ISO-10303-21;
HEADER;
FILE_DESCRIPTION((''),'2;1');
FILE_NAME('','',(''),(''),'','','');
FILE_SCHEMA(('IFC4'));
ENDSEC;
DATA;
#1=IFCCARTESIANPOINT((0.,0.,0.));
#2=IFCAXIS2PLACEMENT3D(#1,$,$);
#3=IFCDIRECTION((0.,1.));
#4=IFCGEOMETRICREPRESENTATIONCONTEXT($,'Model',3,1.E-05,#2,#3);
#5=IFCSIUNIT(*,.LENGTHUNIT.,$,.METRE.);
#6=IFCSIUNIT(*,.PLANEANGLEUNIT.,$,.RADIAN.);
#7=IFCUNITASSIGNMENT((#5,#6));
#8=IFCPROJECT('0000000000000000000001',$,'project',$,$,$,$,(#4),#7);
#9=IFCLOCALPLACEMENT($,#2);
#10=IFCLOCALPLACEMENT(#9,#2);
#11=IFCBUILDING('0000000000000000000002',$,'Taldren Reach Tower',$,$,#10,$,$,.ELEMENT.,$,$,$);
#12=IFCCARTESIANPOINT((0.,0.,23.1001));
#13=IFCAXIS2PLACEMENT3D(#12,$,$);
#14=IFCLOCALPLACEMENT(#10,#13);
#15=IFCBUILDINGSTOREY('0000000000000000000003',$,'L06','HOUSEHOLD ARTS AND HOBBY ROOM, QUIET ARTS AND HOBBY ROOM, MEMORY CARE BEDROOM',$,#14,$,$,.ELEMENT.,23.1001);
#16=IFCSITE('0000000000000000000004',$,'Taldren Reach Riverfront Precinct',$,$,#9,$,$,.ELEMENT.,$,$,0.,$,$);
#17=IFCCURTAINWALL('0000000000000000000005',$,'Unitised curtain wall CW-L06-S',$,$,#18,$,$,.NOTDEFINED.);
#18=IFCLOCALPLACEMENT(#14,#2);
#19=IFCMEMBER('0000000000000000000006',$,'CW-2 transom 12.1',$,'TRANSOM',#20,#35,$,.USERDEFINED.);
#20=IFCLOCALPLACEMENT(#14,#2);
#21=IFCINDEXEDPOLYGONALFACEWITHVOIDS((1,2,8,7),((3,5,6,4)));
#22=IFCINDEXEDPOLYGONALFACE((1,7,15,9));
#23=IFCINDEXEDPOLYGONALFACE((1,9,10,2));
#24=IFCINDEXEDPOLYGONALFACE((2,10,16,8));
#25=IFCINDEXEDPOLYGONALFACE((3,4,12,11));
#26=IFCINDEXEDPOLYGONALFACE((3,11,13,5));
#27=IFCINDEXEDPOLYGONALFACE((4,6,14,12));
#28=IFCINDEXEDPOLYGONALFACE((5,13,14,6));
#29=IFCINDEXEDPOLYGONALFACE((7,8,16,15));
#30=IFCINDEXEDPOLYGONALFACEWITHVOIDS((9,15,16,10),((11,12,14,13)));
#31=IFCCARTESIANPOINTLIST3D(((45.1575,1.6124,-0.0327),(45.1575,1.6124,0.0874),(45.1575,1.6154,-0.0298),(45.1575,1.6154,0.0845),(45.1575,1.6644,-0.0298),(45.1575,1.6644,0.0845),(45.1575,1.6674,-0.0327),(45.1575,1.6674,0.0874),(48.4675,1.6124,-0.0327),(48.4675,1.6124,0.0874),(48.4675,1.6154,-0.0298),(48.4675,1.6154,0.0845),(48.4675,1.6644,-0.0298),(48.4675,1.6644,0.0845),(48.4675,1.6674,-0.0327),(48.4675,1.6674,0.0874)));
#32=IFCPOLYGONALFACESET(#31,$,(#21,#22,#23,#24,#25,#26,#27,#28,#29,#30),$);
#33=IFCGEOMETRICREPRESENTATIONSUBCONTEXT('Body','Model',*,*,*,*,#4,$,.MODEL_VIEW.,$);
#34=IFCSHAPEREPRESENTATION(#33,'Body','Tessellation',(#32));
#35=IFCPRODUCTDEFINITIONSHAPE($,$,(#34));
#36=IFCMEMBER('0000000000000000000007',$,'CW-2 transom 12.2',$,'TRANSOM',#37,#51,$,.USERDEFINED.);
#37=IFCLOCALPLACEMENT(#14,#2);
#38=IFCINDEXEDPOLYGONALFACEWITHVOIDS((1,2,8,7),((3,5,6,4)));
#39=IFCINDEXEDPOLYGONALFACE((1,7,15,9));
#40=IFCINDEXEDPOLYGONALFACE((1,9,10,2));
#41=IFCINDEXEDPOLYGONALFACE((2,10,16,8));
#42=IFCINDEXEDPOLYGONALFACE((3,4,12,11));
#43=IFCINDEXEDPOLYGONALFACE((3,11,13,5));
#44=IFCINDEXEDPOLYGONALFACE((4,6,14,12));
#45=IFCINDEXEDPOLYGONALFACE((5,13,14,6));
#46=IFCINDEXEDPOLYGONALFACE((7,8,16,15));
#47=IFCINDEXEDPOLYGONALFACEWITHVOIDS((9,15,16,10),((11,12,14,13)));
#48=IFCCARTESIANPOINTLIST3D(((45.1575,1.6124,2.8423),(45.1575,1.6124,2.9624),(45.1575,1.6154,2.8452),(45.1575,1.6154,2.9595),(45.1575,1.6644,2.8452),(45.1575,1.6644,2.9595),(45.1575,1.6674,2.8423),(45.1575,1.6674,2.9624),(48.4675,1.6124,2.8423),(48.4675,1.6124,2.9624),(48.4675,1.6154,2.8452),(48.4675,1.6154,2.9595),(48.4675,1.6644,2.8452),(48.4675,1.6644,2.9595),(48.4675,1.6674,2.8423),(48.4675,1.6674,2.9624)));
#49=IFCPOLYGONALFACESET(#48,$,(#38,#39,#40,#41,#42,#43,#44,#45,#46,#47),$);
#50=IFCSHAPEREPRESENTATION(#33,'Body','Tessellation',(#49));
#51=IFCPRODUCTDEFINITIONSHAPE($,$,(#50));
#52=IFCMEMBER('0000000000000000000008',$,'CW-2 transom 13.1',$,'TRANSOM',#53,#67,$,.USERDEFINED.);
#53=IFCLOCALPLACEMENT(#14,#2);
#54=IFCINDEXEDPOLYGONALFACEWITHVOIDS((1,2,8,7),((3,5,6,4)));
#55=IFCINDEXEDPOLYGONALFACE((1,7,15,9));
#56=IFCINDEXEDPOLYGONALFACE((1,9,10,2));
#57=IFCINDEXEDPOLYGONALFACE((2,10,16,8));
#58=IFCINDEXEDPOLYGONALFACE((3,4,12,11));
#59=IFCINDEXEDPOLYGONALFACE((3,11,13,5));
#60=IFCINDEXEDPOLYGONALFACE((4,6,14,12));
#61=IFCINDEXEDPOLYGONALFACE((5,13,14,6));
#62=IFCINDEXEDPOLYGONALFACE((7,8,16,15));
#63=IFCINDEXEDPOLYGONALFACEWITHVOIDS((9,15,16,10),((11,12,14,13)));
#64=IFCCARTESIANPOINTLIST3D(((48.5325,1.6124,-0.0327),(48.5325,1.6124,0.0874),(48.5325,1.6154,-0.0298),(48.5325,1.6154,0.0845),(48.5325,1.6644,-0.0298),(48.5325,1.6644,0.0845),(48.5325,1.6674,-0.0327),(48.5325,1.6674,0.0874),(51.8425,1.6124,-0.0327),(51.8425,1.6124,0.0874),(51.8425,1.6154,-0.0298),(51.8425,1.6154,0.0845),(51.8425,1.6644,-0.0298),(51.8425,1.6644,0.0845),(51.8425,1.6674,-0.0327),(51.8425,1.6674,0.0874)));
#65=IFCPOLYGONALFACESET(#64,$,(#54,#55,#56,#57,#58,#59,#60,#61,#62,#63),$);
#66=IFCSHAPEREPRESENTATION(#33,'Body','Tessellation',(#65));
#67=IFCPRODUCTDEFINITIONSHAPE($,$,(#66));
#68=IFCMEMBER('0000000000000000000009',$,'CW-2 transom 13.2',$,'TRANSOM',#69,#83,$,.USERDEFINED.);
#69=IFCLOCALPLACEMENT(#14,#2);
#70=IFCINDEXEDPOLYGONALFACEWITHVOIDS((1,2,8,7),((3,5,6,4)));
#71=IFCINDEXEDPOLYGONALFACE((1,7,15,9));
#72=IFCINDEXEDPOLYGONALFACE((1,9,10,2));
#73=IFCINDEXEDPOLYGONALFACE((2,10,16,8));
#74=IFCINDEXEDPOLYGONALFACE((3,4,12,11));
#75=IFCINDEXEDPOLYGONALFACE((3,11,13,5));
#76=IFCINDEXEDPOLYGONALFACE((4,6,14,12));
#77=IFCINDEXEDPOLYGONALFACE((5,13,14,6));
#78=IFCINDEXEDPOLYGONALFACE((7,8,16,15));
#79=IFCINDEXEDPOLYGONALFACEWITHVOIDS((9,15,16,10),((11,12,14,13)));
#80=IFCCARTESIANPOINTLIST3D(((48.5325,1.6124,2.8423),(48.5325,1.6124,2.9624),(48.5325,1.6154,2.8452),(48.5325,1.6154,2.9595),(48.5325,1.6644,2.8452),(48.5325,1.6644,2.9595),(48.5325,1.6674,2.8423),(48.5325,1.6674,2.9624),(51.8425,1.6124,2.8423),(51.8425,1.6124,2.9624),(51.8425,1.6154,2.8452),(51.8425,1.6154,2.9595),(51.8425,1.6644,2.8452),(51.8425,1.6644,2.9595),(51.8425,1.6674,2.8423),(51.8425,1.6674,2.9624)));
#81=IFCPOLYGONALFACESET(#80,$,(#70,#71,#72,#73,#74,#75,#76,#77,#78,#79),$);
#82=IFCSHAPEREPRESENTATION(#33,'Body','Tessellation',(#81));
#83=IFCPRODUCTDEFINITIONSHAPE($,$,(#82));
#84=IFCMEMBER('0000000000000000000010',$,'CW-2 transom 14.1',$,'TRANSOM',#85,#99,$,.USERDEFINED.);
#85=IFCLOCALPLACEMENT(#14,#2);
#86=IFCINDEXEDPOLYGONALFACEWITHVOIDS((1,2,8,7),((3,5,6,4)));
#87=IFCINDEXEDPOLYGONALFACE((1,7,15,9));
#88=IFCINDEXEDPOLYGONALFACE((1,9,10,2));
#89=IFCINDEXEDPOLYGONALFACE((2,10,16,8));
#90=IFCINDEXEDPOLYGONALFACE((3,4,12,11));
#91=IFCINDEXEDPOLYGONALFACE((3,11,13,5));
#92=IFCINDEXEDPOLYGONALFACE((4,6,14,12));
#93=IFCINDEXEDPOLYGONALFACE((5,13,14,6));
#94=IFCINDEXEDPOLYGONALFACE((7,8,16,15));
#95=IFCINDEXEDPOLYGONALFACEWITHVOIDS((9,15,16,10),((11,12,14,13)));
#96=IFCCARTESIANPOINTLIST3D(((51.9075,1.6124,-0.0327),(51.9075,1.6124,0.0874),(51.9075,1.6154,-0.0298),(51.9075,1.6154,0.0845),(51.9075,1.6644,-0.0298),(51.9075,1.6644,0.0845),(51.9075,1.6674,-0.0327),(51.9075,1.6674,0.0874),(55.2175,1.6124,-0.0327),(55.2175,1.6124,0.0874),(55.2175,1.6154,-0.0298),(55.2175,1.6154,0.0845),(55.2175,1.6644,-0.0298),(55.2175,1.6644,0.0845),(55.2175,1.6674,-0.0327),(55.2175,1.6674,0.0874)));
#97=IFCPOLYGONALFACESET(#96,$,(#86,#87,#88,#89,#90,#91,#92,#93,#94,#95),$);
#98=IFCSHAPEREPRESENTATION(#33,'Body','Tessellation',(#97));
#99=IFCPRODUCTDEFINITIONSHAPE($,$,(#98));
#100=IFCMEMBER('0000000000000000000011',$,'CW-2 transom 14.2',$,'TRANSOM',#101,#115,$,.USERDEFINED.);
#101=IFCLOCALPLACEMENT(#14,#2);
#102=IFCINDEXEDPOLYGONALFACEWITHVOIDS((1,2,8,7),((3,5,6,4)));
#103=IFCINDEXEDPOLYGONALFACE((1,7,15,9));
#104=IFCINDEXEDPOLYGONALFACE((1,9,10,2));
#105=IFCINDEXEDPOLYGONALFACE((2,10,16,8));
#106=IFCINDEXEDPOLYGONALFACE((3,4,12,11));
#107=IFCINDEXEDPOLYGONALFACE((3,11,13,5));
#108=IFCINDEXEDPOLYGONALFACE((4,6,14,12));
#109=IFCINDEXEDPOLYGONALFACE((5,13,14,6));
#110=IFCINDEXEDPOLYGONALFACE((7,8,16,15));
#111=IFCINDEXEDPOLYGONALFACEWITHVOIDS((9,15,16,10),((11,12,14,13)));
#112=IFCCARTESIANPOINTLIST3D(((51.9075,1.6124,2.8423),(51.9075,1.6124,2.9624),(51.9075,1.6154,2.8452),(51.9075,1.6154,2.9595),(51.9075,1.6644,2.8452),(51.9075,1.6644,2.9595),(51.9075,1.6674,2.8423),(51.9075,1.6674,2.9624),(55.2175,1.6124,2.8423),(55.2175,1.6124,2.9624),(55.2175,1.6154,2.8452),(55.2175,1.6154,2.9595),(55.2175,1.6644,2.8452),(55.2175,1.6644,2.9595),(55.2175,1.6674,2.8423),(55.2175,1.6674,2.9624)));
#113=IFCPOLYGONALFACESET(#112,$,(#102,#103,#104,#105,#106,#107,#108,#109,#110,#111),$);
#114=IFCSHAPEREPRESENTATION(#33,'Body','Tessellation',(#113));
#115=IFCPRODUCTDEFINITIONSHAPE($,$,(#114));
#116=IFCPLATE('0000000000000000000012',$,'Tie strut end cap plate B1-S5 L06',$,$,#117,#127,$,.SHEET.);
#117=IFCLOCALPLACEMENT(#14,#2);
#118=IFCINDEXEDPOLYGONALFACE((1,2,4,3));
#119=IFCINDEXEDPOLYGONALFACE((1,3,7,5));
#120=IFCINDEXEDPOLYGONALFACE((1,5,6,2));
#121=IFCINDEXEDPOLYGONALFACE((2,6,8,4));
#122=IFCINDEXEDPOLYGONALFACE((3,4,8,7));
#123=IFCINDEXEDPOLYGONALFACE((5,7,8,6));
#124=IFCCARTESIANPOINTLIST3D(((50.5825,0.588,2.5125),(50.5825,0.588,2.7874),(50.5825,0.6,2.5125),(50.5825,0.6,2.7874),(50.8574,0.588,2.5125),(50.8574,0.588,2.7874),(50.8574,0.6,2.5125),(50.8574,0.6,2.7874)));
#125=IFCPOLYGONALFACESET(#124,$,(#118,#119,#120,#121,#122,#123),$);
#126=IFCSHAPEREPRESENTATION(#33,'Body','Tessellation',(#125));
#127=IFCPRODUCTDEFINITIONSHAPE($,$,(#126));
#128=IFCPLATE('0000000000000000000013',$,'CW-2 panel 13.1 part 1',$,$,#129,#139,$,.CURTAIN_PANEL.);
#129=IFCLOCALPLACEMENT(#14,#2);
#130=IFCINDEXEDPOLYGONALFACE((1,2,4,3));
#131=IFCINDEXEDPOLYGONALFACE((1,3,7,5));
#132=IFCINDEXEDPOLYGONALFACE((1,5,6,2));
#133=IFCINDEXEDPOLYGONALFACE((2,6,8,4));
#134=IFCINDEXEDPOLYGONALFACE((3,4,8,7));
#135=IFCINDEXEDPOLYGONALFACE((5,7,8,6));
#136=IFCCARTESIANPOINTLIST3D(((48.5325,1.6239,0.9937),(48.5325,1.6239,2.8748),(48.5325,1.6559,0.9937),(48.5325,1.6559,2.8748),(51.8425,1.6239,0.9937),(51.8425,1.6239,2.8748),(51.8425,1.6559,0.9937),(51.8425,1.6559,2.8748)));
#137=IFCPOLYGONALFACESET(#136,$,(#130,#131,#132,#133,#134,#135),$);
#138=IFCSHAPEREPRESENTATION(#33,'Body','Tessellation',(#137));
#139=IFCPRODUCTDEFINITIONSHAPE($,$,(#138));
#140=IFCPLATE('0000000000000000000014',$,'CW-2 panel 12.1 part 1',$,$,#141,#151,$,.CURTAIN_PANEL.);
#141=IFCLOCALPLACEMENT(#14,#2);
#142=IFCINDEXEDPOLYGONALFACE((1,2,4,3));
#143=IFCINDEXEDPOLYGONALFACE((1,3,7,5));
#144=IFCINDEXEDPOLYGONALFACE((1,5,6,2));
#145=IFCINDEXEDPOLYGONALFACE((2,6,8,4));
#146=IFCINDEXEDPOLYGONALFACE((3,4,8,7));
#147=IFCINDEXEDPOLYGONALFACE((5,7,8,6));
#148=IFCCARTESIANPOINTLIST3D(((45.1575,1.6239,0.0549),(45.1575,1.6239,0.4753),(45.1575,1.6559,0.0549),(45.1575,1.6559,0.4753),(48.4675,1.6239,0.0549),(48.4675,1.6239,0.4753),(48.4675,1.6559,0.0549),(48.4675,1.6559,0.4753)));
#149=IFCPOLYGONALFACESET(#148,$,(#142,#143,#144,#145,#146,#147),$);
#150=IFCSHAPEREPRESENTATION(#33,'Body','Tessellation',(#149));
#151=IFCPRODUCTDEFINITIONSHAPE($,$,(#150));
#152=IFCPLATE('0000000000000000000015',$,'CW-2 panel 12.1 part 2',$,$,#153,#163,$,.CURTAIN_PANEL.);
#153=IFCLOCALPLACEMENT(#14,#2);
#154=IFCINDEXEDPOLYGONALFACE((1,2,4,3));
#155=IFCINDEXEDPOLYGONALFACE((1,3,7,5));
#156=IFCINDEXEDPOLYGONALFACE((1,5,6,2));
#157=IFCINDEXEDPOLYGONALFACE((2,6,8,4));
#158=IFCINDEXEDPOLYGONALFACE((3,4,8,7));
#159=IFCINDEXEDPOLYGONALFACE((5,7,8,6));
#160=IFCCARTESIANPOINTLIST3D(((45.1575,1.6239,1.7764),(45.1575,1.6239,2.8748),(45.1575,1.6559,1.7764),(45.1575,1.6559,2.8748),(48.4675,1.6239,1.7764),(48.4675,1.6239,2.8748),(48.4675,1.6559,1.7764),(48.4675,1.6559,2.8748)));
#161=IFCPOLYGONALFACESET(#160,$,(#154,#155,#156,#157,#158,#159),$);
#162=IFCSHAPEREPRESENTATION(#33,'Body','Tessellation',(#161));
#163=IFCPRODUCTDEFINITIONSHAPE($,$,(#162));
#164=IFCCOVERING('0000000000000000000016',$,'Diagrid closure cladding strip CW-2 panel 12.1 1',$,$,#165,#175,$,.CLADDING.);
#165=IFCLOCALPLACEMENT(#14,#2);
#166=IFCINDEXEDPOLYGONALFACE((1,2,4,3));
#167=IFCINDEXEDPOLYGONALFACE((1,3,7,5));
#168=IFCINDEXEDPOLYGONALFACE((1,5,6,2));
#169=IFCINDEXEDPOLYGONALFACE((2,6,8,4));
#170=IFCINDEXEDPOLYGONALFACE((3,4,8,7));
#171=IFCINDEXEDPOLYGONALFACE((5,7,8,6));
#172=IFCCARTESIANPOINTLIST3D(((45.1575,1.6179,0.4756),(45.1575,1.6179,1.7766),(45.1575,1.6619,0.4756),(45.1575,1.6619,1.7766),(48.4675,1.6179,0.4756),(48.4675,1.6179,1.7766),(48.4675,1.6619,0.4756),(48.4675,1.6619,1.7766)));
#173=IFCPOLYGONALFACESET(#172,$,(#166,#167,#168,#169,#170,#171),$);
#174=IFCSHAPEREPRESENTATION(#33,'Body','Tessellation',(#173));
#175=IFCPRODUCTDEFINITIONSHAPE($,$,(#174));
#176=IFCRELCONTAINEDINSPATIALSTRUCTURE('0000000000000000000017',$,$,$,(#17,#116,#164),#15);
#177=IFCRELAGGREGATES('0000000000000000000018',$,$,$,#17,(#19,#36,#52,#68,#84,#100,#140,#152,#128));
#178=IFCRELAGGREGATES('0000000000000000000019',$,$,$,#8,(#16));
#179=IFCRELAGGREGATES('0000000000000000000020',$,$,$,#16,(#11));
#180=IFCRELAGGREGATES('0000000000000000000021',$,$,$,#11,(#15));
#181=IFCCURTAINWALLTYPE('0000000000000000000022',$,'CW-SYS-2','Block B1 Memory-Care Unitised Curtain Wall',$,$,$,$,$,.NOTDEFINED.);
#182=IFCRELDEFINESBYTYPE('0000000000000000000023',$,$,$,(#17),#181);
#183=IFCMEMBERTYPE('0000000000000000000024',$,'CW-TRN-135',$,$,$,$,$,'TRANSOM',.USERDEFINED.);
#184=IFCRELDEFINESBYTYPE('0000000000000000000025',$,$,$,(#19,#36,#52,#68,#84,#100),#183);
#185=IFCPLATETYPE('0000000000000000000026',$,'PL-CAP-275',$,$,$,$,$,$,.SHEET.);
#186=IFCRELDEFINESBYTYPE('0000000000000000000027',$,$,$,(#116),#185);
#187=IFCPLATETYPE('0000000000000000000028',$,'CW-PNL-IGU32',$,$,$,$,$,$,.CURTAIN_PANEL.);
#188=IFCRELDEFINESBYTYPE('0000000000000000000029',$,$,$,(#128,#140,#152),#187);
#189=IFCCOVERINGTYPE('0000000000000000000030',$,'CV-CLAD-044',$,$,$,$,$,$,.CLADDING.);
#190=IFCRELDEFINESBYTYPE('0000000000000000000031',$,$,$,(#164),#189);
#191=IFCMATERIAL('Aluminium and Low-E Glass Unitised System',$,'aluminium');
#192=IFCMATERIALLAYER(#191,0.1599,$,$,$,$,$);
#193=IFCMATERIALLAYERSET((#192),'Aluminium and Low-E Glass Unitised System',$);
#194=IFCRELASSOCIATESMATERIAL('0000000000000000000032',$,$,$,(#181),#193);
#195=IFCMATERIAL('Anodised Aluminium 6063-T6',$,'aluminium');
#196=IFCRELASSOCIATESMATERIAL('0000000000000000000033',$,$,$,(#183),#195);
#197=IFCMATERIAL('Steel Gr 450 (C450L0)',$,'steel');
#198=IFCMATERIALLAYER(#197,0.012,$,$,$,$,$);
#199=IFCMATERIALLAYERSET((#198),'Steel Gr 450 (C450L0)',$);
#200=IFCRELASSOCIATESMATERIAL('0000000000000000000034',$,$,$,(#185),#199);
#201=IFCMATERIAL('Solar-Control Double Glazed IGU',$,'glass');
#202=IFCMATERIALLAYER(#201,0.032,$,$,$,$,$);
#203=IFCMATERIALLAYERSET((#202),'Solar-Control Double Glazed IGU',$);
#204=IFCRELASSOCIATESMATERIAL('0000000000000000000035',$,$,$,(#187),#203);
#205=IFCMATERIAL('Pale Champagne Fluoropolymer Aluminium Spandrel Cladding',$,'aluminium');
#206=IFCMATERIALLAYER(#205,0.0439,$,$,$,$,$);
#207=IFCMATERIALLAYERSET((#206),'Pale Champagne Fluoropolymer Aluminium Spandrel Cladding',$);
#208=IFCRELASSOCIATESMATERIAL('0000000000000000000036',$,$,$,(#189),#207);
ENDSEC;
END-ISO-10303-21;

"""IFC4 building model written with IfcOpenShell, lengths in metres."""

from ifc_helpers import new_model, si_unit, direction, frame, origin, origin_2d, place, context, subcontext, project, spatial, rectangle, hollow_rectangle, extrude, source, transform, mapped, material, layer, layer_set, material_profile, profile_set, type_object, element, aggregate, save


model = new_model("IFC4")

# Units and contexts
model_context = context("Model", 3, precision=1e-05, world=origin(), true_north=direction((0.0, 1.0)))
body_context = subcontext(model_context, "Body", "Model", "MODEL_VIEW")
ifc_project = project(units=[si_unit("LENGTHUNIT", "METRE"), si_unit("PLANEANGLEUNIT", "RADIAN")], contexts=[model_context])

# Site, building, storey
site_placement = place(None, origin())
site = spatial("IfcSite", under=ifc_project, at=site_placement, Name="Taldren Reach Riverfront Precinct", CompositionType="ELEMENT", RefElevation=0.0)
building_placement = place(site_placement, origin())
building = spatial("IfcBuilding", under=site, at=building_placement, Name="Taldren Reach Tower", CompositionType="ELEMENT")
storey_placement = place(building_placement, frame((0.0, 0.0, 23.1001)))
storey = spatial("IfcBuildingStorey", under=building, at=storey_placement, Name="L06", Description="HOUSEHOLD ARTS AND HOBBY ROOM, QUIET ARTS AND HOBBY ROOM, MEMORY CARE BEDROOM", CompositionType="ELEMENT", Elevation=23.1001)

# Shared definitions
ifc_material_1 = material(Name="Steel Gr 450 (C450L0)", Category="steel")

# Curtain wall, members
ifc_material_2 = material(Name="Aluminium and Low-E Glass Unitised System", Category="aluminium")
ifc_layer_1 = layer(ifc_material_2, 0.1599)
ifc_layer_set_1 = layer_set([ifc_layer_1], Name="Aluminium and Low-E Glass Unitised System")
curtain_wall_type = type_object("IfcCurtainWallType", Name="CW-SYS-2", Description="Block B1 Memory-Care Unitised Curtain Wall", PredefinedType="NOTDEFINED", material=ifc_layer_set_1)
curtain_wall_placement = place(storey_placement, origin())
curtain_wall = element("IfcCurtainWall", 1, at=curtain_wall_placement, inside=storey, type_object=curtain_wall_type, Name="Unitised curtain wall CW-L06-S", PredefinedType="NOTDEFINED")
ifc_material_3 = material(Name="Anodised Aluminium 6063-T6", Category="aluminium")
ifc_material_profile_1 = material_profile(ifc_material_3, hollow_rectangle(XDim=0.0549, YDim=0.1201, WallThickness=0.0029, at=origin_2d()), Name="ALU-120x55x3RHS")
ifc_profile_set_1 = profile_set([ifc_material_profile_1], Name="Anodised Aluminium 6063-T6")
member_type_1 = type_object("IfcMemberType", Name="CW-TRN-135", ElementType="TRANSOM", PredefinedType="USERDEFINED", material=ifc_profile_set_1)
shared_shape_1 = source(origin(), body_context, "Body", "SweptSolid", [
    extrude(hollow_rectangle(XDim=0.0549, YDim=0.1201, WallThickness=0.0029, at=origin_2d()), origin(), (0.0, 0.0, 1.0), 3.3101),
])
member_1_placement = place(storey_placement, frame((45.1575, 1.6399, 0.0273), z_axis=(1.0, 0.0, 0.0), x_axis=(0.0, 1.0, 0.0)))
member_1 = element("IfcMember", 2, at=member_1_placement, type_object=member_type_1, Name="CW-2 transom 12.1", ObjectType="TRANSOM", PredefinedType="USERDEFINED", context=body_context, shape_type="MappedRepresentation", body=[
    mapped(shared_shape_1, transform((0.0, 0.0, 0.0), scale=1.0)),
])
member_2_placement = place(storey_placement, frame((45.1575, 1.6399, 2.9023), z_axis=(1.0, 0.0, 0.0), x_axis=(0.0, 1.0, 0.0)))
member_2 = element("IfcMember", 3, at=member_2_placement, type_object=member_type_1, Name="CW-2 transom 12.2", ObjectType="TRANSOM", PredefinedType="USERDEFINED", context=body_context, shape_type="MappedRepresentation", body=[
    mapped(shared_shape_1, transform((0.0, 0.0, 0.0), scale=1.0)),
])
member_3_placement = place(storey_placement, frame((48.5325, 1.6399, 0.0273), z_axis=(1.0, 0.0, 0.0), x_axis=(0.0, 1.0, 0.0)))
member_3 = element("IfcMember", 4, at=member_3_placement, type_object=member_type_1, Name="CW-2 transom 13.1", ObjectType="TRANSOM", PredefinedType="USERDEFINED", context=body_context, shape_type="MappedRepresentation", body=[
    mapped(shared_shape_1, transform((0.0, 0.0, 0.0), scale=1.0)),
])
member_4_placement = place(storey_placement, frame((48.5325, 1.6399, 2.9023), z_axis=(1.0, 0.0, 0.0), x_axis=(0.0, 1.0, 0.0)))
member_4 = element("IfcMember", 5, at=member_4_placement, type_object=member_type_1, Name="CW-2 transom 13.2", ObjectType="TRANSOM", PredefinedType="USERDEFINED", context=body_context, shape_type="MappedRepresentation", body=[
    mapped(shared_shape_1, transform((0.0, 0.0, 0.0), scale=1.0)),
])
member_5_placement = place(storey_placement, frame((51.9075, 1.6399, 0.0273), z_axis=(1.0, 0.0, 0.0), x_axis=(0.0, 1.0, 0.0)))
member_5 = element("IfcMember", 6, at=member_5_placement, type_object=member_type_1, Name="CW-2 transom 14.1", ObjectType="TRANSOM", PredefinedType="USERDEFINED", context=body_context, shape_type="MappedRepresentation", body=[
    mapped(shared_shape_1, transform((0.0, 0.0, 0.0), scale=1.0)),
])
member_6_placement = place(storey_placement, frame((51.9075, 1.6399, 2.9023), z_axis=(1.0, 0.0, 0.0), x_axis=(0.0, 1.0, 0.0)))
member_6 = element("IfcMember", 7, at=member_6_placement, type_object=member_type_1, Name="CW-2 transom 14.2", ObjectType="TRANSOM", PredefinedType="USERDEFINED", context=body_context, shape_type="MappedRepresentation", body=[
    mapped(shared_shape_1, transform((0.0, 0.0, 0.0), scale=1.0)),
])

# Plates
ifc_layer_2 = layer(ifc_material_1, 0.012)
ifc_layer_set_2 = layer_set([ifc_layer_2], Name="Steel Gr 450 (C450L0)")
plate_type_1 = type_object("IfcPlateType", Name="PL-CAP-275", PredefinedType="SHEET", material=ifc_layer_set_2)
shared_shape_2 = source(origin(), body_context, "Body", "SweptSolid", [
    extrude(rectangle(XDim=0.2749, YDim=0.012, at=origin_2d()), origin(), (0.0, 0.0, 1.0), 0.2749),
])
plate_1_placement = place(storey_placement, frame((50.72, 0.594, 2.5125), z_axis=(0.0, 0.0, 1.0), x_axis=(1.0, 0.0, 0.0)))
element("IfcPlate", 8, at=plate_1_placement, inside=storey, type_object=plate_type_1, Name="Tie strut end cap plate B1-S5 L06", PredefinedType="SHEET", context=body_context, shape_type="MappedRepresentation", body=[
    mapped(shared_shape_2, transform((0.0, 0.0, 0.0), scale=1.0)),
])
ifc_material_4 = material(Name="Solar-Control Double Glazed IGU", Category="glass")
ifc_layer_3 = layer(ifc_material_4, 0.032)
ifc_layer_set_3 = layer_set([ifc_layer_3], Name="Solar-Control Double Glazed IGU")
plate_type_2 = type_object("IfcPlateType", Name="CW-PNL-IGU32", PredefinedType="CURTAIN_PANEL", material=ifc_layer_set_3)
shared_shape_3 = source(origin(), body_context, "Body", "SweptSolid", [
    extrude(rectangle(XDim=3.3101, YDim=0.032, at=origin_2d()), origin(), (0.0, 0.0, 1.0), 1.8811),
])
plate_2_placement = place(storey_placement, frame((50.1875, 1.6399, 0.9937), z_axis=(0.0, 0.0, 1.0), x_axis=(1.0, 0.0, 0.0)))
plate_2 = element("IfcPlate", 9, at=plate_2_placement, type_object=plate_type_2, Name="CW-2 panel 13.1 part 1", PredefinedType="CURTAIN_PANEL", context=body_context, shape_type="MappedRepresentation", body=[
    mapped(shared_shape_3, transform((0.0, 0.0, 0.0), scale=1.0)),
])
shared_shape_4 = source(origin(), body_context, "Body", "SweptSolid", [
    extrude(rectangle(XDim=3.3101, YDim=0.032, at=origin_2d()), origin(), (0.0, 0.0, 1.0), 0.4204),
])
plate_3_placement = place(storey_placement, frame((46.8125, 1.6399, 0.0549), z_axis=(0.0, 0.0, 1.0), x_axis=(1.0, 0.0, 0.0)))
plate_3 = element("IfcPlate", 10, at=plate_3_placement, type_object=plate_type_2, Name="CW-2 panel 12.1 part 1", PredefinedType="CURTAIN_PANEL", context=body_context, shape_type="MappedRepresentation", body=[
    mapped(shared_shape_4, transform((0.0, 0.0, 0.0), scale=1.0)),
])
shared_shape_5 = source(origin(), body_context, "Body", "SweptSolid", [
    extrude(rectangle(XDim=3.3101, YDim=0.032, at=origin_2d()), origin(), (0.0, 0.0, 1.0), 1.0984),
])
plate_4_placement = place(storey_placement, frame((46.8125, 1.6399, 1.7764), z_axis=(0.0, 0.0, 1.0), x_axis=(1.0, 0.0, 0.0)))
plate_4 = element("IfcPlate", 11, at=plate_4_placement, type_object=plate_type_2, Name="CW-2 panel 12.1 part 2", PredefinedType="CURTAIN_PANEL", context=body_context, shape_type="MappedRepresentation", body=[
    mapped(shared_shape_5, transform((0.0, 0.0, 0.0), scale=1.0)),
])
aggregate(curtain_wall, [member_1, member_2, member_3, member_4, member_5, member_6, plate_3, plate_4, plate_2])

# Covering
ifc_material_5 = material(Name="Pale Champagne Fluoropolymer Aluminium Spandrel Cladding", Category="aluminium")
ifc_layer_4 = layer(ifc_material_5, 0.0439)
ifc_layer_set_4 = layer_set([ifc_layer_4], Name="Pale Champagne Fluoropolymer Aluminium Spandrel Cladding")
covering_type = type_object("IfcCoveringType", Name="CV-CLAD-044", PredefinedType="CLADDING", material=ifc_layer_set_4)
shared_shape_6 = source(origin(), body_context, "Body", "SweptSolid", [
    extrude(rectangle(XDim=3.3101, YDim=0.0439, at=origin_2d()), origin(), (0.0, 0.0, 1.0), 1.301),
])
covering_1_placement = place(storey_placement, frame((46.8125, 1.6399, 0.4756), z_axis=(0.0, 0.0, 1.0), x_axis=(1.0, 0.0, 0.0)))
element("IfcCovering", 12, at=covering_1_placement, inside=storey, type_object=covering_type, Name="Diagrid closure cladding strip CW-2 panel 12.1 1", PredefinedType="CLADDING", context=body_context, shape_type="MappedRepresentation", body=[
    mapped(shared_shape_6, transform((0.0, 0.0, 0.0), scale=1.0)),
])

save(model, "model.ifc")
